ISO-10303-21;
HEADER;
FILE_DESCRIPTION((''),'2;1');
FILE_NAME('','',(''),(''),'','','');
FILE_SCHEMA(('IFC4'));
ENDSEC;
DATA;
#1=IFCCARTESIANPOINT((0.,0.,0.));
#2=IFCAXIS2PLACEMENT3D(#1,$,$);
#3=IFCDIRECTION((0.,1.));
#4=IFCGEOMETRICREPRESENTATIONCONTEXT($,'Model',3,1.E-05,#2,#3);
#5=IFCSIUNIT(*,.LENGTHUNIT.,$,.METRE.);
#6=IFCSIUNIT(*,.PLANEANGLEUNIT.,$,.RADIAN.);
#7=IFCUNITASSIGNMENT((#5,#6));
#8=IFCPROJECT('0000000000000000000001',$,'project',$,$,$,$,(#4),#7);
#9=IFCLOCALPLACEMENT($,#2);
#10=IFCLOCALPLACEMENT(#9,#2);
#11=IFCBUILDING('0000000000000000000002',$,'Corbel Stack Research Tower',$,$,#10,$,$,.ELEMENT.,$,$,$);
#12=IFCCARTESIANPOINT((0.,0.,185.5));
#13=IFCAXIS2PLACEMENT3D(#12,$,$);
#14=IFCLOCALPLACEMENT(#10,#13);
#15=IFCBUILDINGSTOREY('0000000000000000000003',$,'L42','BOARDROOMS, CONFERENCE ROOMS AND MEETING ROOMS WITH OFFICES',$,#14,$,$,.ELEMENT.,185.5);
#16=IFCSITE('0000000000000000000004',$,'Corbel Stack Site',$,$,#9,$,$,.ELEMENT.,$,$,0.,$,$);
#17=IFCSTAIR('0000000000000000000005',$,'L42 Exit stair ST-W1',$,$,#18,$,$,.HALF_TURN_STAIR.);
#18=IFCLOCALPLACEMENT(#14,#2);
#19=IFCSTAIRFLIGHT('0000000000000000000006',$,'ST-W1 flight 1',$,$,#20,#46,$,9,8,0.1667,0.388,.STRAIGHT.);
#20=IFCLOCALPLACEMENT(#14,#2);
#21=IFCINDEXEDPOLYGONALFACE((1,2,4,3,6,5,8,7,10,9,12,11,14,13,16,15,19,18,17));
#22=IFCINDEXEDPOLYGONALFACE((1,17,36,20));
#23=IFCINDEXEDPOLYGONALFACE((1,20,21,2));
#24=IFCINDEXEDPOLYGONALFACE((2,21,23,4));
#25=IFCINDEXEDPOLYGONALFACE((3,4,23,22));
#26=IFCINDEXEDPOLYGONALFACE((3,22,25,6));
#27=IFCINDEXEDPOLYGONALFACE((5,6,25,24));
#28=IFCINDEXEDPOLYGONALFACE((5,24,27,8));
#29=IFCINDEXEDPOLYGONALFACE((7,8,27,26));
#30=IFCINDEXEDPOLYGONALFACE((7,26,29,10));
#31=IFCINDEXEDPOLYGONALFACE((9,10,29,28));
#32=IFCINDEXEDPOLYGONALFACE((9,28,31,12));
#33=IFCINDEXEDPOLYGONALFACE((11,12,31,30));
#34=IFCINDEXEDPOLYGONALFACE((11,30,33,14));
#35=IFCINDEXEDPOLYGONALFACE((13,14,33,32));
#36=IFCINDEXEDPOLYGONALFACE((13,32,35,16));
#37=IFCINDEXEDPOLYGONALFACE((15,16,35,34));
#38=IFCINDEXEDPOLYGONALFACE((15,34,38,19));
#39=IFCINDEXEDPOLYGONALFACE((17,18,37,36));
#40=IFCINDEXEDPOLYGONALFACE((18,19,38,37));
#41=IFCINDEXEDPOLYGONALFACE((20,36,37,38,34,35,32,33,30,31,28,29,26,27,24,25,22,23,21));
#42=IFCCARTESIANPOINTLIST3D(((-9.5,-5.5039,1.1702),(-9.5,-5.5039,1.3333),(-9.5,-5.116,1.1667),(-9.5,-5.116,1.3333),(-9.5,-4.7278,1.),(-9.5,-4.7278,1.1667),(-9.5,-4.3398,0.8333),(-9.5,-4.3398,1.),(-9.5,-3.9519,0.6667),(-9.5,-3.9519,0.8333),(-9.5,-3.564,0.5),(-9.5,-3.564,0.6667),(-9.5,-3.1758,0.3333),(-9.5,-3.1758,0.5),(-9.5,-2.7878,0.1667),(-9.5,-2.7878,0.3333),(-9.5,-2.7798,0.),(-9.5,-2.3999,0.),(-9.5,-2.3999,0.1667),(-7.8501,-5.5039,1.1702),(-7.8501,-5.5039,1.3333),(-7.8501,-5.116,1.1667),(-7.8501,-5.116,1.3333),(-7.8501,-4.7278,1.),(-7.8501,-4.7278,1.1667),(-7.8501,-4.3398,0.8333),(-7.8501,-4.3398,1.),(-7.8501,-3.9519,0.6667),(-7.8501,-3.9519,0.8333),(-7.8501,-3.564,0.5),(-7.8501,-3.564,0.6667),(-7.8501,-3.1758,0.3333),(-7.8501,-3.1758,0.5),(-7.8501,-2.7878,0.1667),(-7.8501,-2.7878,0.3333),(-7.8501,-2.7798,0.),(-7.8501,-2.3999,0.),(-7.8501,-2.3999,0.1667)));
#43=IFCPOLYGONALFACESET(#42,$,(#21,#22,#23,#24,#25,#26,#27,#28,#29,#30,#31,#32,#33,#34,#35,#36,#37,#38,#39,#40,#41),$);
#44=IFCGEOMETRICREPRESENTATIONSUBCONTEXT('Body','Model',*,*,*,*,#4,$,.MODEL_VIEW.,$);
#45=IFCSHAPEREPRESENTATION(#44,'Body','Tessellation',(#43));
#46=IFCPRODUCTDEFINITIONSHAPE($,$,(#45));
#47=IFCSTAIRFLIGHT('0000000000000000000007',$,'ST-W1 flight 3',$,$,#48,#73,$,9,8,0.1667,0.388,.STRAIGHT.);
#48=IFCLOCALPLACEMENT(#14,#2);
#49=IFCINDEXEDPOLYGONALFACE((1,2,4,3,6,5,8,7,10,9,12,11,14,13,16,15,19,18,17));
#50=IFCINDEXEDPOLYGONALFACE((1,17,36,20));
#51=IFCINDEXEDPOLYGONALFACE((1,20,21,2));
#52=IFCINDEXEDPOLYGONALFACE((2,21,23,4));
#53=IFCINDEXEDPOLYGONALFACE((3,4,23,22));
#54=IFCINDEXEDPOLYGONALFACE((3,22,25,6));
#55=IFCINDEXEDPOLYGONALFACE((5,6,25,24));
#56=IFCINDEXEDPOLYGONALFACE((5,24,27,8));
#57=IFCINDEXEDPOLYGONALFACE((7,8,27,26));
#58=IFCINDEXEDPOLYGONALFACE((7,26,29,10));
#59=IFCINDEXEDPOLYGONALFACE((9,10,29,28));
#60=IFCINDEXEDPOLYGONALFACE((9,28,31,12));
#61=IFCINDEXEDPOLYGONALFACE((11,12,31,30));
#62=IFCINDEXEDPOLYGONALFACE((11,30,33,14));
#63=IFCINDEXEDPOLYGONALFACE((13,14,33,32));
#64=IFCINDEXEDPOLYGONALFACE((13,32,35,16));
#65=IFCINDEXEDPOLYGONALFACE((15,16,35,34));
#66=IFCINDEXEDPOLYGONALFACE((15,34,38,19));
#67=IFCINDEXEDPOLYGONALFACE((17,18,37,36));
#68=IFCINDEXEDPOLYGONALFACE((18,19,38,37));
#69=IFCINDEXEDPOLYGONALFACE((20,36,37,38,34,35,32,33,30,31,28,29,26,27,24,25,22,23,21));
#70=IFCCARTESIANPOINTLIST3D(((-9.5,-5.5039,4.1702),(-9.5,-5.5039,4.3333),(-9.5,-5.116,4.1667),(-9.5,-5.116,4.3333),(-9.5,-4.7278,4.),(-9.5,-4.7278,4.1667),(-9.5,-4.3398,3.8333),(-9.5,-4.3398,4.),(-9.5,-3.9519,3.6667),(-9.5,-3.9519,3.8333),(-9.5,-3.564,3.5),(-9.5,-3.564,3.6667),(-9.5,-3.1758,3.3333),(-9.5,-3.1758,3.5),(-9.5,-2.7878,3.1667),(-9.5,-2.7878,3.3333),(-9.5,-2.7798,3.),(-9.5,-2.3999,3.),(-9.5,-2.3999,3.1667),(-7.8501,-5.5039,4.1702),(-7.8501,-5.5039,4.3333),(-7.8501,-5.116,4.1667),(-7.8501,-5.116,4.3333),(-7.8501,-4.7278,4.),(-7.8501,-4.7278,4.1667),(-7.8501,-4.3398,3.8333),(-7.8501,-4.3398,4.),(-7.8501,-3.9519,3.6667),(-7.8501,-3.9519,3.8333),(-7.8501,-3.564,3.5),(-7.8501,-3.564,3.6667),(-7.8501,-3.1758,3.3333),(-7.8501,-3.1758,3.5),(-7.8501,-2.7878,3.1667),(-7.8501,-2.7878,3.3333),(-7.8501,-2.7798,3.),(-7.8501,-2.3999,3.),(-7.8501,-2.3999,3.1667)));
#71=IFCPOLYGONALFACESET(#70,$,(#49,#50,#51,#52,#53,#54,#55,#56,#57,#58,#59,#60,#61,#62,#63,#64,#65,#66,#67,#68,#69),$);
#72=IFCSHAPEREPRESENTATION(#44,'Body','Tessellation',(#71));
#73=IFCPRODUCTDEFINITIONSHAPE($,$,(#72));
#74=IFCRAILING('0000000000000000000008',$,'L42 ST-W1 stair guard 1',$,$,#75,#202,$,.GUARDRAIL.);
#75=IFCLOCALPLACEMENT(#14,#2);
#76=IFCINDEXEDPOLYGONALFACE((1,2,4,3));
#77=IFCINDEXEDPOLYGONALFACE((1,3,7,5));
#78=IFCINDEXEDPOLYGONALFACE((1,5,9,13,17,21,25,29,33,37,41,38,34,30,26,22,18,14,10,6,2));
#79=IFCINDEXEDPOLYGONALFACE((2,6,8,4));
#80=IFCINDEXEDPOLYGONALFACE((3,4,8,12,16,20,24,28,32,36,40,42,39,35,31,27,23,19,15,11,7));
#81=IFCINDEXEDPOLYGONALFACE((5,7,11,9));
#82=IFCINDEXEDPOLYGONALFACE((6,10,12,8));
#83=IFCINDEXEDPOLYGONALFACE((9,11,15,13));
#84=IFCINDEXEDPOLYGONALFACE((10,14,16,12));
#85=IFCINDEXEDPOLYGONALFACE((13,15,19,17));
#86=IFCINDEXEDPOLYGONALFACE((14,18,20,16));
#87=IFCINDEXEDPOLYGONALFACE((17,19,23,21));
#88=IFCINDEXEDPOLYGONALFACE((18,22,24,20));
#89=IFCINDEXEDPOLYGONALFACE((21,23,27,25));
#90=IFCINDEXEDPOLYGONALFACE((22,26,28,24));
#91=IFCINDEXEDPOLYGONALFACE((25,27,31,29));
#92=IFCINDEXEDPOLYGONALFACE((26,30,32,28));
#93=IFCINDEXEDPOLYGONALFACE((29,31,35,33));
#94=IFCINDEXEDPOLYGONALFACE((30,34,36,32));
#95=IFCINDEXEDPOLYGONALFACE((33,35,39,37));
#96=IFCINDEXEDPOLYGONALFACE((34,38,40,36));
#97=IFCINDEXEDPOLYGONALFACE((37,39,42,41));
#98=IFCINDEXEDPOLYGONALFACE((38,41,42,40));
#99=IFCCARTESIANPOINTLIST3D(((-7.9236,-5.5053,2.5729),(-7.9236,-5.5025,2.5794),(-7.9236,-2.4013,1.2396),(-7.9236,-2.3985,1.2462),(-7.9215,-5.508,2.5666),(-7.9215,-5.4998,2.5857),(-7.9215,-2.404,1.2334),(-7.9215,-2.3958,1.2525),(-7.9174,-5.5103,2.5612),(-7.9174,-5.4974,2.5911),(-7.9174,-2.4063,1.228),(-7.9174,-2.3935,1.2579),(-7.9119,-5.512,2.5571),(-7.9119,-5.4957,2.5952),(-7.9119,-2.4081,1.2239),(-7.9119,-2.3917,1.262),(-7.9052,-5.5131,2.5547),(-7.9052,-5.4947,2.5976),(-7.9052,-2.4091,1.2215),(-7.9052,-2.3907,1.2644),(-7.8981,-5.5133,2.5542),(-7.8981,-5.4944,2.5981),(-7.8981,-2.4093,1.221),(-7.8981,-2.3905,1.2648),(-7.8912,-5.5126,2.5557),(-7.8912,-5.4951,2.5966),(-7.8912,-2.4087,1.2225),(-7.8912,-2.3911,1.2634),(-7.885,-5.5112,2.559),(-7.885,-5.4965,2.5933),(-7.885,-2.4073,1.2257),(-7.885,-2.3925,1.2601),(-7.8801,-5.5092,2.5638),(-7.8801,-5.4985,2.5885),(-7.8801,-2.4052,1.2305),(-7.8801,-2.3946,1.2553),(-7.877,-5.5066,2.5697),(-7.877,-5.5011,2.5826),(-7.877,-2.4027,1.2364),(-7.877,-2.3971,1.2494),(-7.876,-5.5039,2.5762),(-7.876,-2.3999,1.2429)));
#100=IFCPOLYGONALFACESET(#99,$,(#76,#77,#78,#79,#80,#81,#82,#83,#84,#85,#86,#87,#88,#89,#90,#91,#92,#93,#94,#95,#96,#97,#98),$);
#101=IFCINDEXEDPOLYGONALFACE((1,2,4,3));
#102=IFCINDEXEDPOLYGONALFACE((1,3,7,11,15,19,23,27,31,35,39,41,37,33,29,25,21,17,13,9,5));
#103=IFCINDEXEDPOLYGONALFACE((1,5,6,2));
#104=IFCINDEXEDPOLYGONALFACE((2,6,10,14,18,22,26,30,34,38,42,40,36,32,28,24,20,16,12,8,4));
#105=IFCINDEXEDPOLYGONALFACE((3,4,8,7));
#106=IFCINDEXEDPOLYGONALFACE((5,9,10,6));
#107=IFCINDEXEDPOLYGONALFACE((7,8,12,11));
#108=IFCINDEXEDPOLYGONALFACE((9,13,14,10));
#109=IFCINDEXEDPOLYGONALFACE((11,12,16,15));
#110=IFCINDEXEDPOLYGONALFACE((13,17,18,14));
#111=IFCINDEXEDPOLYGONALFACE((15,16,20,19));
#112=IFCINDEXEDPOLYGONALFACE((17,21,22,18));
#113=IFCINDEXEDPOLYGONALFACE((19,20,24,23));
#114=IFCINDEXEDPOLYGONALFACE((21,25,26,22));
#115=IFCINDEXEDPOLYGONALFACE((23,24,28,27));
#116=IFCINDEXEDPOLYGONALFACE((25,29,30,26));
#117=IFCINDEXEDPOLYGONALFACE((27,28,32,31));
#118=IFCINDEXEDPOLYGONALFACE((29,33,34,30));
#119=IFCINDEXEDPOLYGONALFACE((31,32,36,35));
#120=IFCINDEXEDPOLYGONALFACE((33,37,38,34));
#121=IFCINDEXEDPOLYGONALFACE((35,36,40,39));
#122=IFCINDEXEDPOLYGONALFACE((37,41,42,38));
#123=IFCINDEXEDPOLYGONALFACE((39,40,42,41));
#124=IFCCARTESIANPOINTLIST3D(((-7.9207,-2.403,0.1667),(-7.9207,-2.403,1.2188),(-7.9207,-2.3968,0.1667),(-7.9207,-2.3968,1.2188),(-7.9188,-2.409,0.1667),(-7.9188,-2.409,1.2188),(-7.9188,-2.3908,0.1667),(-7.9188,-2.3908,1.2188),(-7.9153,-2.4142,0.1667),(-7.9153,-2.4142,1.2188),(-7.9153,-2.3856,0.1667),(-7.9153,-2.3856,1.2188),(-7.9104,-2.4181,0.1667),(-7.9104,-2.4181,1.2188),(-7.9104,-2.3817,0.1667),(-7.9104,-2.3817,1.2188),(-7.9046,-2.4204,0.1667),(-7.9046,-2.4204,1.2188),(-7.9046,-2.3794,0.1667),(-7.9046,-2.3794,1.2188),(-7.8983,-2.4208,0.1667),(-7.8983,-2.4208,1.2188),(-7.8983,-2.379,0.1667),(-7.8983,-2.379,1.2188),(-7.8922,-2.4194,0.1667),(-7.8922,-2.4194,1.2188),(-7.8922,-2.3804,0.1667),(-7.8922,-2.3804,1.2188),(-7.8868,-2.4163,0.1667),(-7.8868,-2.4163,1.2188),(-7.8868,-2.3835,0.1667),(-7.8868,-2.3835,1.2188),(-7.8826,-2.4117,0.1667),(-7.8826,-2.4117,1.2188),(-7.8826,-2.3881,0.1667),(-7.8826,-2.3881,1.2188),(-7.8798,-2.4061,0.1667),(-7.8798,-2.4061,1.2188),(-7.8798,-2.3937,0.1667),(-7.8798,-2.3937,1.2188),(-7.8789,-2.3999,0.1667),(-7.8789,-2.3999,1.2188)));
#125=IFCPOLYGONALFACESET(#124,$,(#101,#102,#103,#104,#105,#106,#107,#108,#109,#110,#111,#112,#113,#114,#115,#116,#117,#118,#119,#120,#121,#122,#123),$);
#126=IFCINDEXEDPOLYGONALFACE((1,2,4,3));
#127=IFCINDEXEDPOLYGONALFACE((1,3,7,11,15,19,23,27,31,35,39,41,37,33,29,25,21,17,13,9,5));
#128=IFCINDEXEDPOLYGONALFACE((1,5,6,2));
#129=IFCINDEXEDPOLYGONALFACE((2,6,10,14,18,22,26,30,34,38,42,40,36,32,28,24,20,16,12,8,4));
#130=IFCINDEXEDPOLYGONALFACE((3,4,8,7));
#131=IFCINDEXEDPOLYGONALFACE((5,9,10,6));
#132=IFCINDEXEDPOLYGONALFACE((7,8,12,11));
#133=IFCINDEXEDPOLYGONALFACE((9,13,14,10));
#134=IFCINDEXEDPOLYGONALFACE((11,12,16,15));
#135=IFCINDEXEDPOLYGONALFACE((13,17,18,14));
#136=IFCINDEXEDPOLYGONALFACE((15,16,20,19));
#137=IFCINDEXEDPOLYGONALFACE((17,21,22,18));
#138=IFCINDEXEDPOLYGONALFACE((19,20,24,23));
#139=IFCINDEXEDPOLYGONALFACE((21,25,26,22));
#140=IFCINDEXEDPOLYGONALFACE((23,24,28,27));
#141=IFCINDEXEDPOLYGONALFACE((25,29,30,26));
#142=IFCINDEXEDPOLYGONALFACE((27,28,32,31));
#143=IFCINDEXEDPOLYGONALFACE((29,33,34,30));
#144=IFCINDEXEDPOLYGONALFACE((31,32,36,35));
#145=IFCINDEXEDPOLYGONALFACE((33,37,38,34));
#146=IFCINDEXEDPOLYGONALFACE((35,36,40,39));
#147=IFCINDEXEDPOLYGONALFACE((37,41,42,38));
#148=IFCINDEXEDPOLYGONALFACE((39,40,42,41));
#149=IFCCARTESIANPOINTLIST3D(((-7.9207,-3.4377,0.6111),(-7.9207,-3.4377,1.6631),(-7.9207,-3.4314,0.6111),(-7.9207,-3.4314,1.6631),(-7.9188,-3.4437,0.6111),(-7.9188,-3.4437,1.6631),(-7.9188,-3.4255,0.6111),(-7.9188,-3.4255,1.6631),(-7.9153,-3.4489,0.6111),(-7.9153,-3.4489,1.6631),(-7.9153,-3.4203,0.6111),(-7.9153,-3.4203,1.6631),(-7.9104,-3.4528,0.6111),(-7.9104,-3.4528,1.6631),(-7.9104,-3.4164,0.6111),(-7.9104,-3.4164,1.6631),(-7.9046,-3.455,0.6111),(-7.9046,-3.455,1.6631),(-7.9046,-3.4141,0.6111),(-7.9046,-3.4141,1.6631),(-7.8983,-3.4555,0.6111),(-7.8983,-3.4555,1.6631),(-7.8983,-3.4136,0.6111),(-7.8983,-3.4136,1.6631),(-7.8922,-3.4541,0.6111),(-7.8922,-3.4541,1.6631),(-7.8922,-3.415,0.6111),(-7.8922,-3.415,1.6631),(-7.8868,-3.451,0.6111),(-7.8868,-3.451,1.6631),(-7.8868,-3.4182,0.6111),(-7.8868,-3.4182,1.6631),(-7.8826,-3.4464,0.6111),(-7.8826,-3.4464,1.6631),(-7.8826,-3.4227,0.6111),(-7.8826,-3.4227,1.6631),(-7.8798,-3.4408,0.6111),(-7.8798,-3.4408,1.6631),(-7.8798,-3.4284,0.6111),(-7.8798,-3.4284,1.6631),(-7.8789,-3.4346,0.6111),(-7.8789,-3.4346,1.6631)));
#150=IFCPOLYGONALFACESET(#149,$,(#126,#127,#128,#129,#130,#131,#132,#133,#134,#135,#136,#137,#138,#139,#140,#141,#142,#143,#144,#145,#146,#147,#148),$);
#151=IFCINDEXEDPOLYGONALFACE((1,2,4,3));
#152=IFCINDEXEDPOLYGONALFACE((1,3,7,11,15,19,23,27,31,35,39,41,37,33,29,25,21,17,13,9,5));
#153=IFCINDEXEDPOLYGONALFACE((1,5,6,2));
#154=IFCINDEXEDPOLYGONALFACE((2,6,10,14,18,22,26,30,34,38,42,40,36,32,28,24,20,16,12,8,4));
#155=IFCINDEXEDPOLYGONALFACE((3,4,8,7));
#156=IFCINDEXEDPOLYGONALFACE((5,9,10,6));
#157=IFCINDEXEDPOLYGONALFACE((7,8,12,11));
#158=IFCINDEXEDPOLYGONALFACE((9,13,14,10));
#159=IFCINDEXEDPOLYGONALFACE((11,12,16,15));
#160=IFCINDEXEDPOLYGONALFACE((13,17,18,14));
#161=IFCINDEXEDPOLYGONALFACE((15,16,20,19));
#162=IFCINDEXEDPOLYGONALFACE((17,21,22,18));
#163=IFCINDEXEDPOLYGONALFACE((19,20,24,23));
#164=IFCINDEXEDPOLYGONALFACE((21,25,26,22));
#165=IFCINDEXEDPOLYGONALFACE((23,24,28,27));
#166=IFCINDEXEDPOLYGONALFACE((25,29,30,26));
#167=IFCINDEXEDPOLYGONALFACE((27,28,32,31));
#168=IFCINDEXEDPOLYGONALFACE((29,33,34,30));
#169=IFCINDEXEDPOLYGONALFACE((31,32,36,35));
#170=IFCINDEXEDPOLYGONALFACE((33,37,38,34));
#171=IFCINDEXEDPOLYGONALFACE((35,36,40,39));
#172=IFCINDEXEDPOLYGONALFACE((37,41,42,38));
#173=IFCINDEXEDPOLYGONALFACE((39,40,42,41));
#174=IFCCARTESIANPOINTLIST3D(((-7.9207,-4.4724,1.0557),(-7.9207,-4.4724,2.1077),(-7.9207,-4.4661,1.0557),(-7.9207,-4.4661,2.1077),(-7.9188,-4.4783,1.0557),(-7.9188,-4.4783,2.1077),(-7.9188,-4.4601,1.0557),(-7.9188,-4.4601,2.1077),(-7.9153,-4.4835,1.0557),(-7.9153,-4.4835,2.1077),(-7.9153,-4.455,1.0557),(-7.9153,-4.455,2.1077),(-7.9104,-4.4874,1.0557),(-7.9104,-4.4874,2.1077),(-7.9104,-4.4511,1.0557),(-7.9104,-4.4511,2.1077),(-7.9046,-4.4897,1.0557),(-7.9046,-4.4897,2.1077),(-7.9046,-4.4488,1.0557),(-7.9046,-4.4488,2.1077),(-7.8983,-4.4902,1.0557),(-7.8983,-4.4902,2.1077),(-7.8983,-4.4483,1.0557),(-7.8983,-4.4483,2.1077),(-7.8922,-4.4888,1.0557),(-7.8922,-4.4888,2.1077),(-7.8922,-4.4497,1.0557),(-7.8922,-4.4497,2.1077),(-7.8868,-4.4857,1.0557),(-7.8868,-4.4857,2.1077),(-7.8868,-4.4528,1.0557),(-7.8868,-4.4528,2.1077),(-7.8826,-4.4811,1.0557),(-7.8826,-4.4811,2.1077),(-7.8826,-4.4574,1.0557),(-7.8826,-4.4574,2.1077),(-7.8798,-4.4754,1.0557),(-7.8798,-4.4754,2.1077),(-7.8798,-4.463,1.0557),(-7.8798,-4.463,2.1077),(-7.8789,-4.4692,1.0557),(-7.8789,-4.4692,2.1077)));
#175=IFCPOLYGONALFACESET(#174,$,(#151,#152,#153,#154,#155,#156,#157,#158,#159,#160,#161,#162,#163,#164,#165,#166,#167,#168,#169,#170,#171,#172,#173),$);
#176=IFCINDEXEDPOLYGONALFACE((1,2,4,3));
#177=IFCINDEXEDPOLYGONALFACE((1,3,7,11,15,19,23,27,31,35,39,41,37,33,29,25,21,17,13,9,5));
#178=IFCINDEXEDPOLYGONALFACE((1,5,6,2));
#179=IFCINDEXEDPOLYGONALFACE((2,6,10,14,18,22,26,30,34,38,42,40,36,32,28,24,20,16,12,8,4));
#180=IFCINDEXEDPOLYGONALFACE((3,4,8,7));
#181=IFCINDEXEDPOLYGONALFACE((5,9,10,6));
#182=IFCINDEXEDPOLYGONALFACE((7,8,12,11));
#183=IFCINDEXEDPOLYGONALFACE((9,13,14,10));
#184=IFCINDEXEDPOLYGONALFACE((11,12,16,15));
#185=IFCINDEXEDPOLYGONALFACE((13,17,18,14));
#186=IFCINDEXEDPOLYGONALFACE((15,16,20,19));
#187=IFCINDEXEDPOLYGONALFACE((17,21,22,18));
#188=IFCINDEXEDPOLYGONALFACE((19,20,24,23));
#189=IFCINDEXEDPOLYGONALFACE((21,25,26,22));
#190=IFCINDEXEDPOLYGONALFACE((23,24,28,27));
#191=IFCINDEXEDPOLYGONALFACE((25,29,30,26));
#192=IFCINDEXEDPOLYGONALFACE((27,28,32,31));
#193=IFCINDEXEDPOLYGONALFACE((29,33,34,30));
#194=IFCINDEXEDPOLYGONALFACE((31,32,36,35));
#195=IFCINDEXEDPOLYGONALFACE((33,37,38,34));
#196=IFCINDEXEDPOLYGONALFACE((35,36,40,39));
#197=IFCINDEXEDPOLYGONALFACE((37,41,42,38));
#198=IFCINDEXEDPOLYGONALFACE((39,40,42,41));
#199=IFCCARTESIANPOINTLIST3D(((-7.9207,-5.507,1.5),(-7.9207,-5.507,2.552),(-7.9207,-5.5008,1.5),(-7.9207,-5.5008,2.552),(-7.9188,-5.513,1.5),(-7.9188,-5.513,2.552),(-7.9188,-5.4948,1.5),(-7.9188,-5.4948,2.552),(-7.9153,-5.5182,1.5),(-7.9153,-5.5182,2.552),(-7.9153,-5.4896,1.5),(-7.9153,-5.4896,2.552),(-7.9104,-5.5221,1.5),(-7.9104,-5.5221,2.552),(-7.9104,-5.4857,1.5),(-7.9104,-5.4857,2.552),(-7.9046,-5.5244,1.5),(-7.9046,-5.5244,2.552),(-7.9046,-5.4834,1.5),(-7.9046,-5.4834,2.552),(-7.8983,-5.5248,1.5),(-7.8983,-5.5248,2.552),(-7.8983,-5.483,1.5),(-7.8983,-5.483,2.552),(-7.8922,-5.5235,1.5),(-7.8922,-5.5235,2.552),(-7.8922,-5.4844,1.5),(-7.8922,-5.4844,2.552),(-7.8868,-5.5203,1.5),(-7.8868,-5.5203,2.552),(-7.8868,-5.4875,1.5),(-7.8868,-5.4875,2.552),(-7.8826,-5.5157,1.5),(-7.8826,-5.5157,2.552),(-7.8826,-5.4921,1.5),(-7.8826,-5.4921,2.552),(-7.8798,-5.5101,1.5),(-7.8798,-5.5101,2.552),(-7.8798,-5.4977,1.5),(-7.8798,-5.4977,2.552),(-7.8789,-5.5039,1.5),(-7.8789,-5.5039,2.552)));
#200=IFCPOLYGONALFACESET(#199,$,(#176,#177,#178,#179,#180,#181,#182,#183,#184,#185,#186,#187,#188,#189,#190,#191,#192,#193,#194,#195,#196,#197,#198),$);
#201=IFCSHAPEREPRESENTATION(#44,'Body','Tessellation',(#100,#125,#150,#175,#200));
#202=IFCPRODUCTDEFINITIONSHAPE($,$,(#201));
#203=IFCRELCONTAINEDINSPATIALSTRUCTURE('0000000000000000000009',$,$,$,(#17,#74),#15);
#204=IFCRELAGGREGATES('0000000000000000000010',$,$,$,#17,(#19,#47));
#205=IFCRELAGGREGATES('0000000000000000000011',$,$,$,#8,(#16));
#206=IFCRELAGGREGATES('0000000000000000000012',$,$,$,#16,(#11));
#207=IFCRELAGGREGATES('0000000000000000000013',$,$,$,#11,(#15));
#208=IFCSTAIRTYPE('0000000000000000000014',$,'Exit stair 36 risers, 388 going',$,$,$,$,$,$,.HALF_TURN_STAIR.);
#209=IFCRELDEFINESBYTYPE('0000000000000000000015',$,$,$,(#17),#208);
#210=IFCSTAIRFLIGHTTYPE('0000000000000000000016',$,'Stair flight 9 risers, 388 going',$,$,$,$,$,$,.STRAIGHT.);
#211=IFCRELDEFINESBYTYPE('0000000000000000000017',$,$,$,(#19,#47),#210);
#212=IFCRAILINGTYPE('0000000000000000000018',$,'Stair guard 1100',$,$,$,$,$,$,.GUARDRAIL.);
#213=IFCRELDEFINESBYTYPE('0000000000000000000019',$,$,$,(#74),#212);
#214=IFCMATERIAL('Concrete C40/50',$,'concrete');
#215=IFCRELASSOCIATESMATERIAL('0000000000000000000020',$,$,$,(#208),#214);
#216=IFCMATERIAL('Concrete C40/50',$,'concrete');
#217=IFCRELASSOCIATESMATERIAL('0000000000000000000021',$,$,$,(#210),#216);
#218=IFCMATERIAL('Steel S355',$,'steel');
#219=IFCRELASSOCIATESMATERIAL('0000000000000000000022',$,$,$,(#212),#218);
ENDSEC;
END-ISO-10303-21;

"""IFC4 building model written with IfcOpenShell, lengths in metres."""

from ifc_helpers import new_model, si_unit, direction, frame, origin, origin_2d, place, context, subcontext, project, spatial, polyline, circle, outline, extrude, material, type_object, element, aggregate, save


model = new_model("IFC4")

# Units and contexts
model_context = context("Model", 3, precision=1e-05, world=origin(), true_north=direction((0.0, 1.0)))
body_context = subcontext(model_context, "Body", "Model", "MODEL_VIEW")
ifc_project = project(units=[si_unit("LENGTHUNIT", "METRE"), si_unit("PLANEANGLEUNIT", "RADIAN")], contexts=[model_context])

# Site, building, storey
site_placement = place(None, origin())
site = spatial("IfcSite", under=ifc_project, at=site_placement, Name="Corbel Stack Site", CompositionType="ELEMENT", RefElevation=0.0)
building_placement = place(site_placement, origin())
building = spatial("IfcBuilding", under=site, at=building_placement, Name="Corbel Stack Research Tower", CompositionType="ELEMENT")
storey_placement = place(building_placement, frame((0.0, 0.0, 185.5)))
storey = spatial("IfcBuildingStorey", under=building, at=storey_placement, Name="L42", Description="BOARDROOMS, CONFERENCE ROOMS AND MEETING ROOMS WITH OFFICES", CompositionType="ELEMENT", Elevation=185.5)

# Stair, stair flights
ifc_material_1 = material(Name="Concrete C40/50", Category="concrete")
stair_type = type_object("IfcStairType", Name="Exit stair 36 risers, 388 going", PredefinedType="HALF_TURN_STAIR", material=ifc_material_1)
stair_placement = place(storey_placement, origin())
stair = element("IfcStair", 1, at=stair_placement, inside=storey, type_object=stair_type, Name="L42 Exit stair ST-W1", PredefinedType="HALF_TURN_STAIR")
ifc_material_2 = material(Name="Concrete C40/50", Category="concrete")
stair_flight_type = type_object("IfcStairFlightType", Name="Stair flight 9 risers, 388 going", PredefinedType="STRAIGHT", material=ifc_material_2)
stair_flight_1_placement = place(storey_placement, frame((-8.675, -2.3999, 0.0), z_axis=(0.0, 0.0, 1.0), x_axis=(0.0, -1.0, 0.0)))
stair_flight_1 = element("IfcStairFlight", 2, at=stair_flight_1_placement, type_object=stair_flight_type, Name="ST-W1 flight 1", NumberOfRisers=9, NumberOfTreads=8, PredefinedType="STRAIGHT", RiserHeight=0.1667, TreadLength=0.388, context=body_context, shape_type="SweptSolid", body=[
    extrude(outline(polyline([(0.0, 0.0), (0.0, 0.1667), (0.3879, 0.1667), (0.3879, 0.3333), (0.7759, 0.3333), (0.7759, 0.5), (1.1641, 0.5), (1.1641, 0.6667), (1.552, 0.6667), (1.552, 0.8333), (1.9399, 0.8333), (1.9399, 1.0), (2.3279, 1.0), (2.3279, 1.1667), (2.7161, 1.1667), (2.7161, 1.3333), (3.104, 1.3333), (3.104, 1.5), (3.104, 1.1702), (0.3799, 0.0), (0.0, 0.0)])), frame((0.0, 0.825, 0.0), z_axis=(0.0, -1.0, 0.0), x_axis=(1.0, 0.0, 0.0)), (0.0, 0.0, 1.0), 1.6499),
])
stair_flight_2_placement = place(storey_placement, frame((-8.675, -2.3999, 3.0), z_axis=(0.0, 0.0, 1.0), x_axis=(0.0, -1.0, 0.0)))
stair_flight_2 = element("IfcStairFlight", 3, at=stair_flight_2_placement, type_object=stair_flight_type, Name="ST-W1 flight 3", NumberOfRisers=9, NumberOfTreads=8, PredefinedType="STRAIGHT", RiserHeight=0.1667, TreadLength=0.388, context=body_context, shape_type="SweptSolid", body=[
    extrude(outline(polyline([(0.0, 0.0), (0.0, 0.1667), (0.3879, 0.1667), (0.3879, 0.3333), (0.7759, 0.3333), (0.7759, 0.5), (1.1641, 0.5), (1.1641, 0.6667), (1.552, 0.6667), (1.552, 0.8333), (1.9399, 0.8333), (1.9399, 1.0), (2.3279, 1.0), (2.3279, 1.1667), (2.7161, 1.1667), (2.7161, 1.3333), (3.104, 1.3333), (3.104, 1.5), (3.104, 1.1702), (0.3799, 0.0), (0.0, 0.0)])), frame((0.0, 0.825, 0.0), z_axis=(0.0, -1.0, 0.0), x_axis=(1.0, 0.0, 0.0)), (0.0, 0.0, 1.0), 1.6499),
])
aggregate(stair, [stair_flight_1, stair_flight_2])

# Railing
ifc_material_3 = material(Name="Steel S355", Category="steel")
railing_type_1 = type_object("IfcRailingType", Name="Stair guard 1100", PredefinedType="GUARDRAIL", material=ifc_material_3)
railing_1_placement = place(storey_placement, frame((-7.8999, -2.3999, 0.1667)))
element("IfcRailing", 4, at=railing_1_placement, inside=storey, type_object=railing_type_1, Name="L42 ST-W1 stair guard 1", PredefinedType="GUARDRAIL", context=body_context, shape_type="SweptSolid", body=[
    extrude(circle(Radius=0.0239, at=origin_2d()), frame((0.0, 0.0, 1.0762), z_axis=(0.0, -0.918827, 0.394661), x_axis=(1.0, 0.0, 0.0)), (0.0, 0.0, 1.0), 3.3782),
    extrude(circle(Radius=0.021, at=origin_2d()), origin(), (0.0, 0.0, 1.0), 1.052),
    extrude(circle(Radius=0.021, at=origin_2d()), frame((0.0, -1.0347, 0.4443)), (0.0, 0.0, 1.0), 1.052),
    extrude(circle(Radius=0.021, at=origin_2d()), frame((0.0, -2.0693, 0.8889)), (0.0, 0.0, 1.0), 1.052),
    extrude(circle(Radius=0.021, at=origin_2d()), frame((0.0, -3.104, 1.3333)), (0.0, 0.0, 1.0), 1.052),
])

save(model, "model.ifc")
